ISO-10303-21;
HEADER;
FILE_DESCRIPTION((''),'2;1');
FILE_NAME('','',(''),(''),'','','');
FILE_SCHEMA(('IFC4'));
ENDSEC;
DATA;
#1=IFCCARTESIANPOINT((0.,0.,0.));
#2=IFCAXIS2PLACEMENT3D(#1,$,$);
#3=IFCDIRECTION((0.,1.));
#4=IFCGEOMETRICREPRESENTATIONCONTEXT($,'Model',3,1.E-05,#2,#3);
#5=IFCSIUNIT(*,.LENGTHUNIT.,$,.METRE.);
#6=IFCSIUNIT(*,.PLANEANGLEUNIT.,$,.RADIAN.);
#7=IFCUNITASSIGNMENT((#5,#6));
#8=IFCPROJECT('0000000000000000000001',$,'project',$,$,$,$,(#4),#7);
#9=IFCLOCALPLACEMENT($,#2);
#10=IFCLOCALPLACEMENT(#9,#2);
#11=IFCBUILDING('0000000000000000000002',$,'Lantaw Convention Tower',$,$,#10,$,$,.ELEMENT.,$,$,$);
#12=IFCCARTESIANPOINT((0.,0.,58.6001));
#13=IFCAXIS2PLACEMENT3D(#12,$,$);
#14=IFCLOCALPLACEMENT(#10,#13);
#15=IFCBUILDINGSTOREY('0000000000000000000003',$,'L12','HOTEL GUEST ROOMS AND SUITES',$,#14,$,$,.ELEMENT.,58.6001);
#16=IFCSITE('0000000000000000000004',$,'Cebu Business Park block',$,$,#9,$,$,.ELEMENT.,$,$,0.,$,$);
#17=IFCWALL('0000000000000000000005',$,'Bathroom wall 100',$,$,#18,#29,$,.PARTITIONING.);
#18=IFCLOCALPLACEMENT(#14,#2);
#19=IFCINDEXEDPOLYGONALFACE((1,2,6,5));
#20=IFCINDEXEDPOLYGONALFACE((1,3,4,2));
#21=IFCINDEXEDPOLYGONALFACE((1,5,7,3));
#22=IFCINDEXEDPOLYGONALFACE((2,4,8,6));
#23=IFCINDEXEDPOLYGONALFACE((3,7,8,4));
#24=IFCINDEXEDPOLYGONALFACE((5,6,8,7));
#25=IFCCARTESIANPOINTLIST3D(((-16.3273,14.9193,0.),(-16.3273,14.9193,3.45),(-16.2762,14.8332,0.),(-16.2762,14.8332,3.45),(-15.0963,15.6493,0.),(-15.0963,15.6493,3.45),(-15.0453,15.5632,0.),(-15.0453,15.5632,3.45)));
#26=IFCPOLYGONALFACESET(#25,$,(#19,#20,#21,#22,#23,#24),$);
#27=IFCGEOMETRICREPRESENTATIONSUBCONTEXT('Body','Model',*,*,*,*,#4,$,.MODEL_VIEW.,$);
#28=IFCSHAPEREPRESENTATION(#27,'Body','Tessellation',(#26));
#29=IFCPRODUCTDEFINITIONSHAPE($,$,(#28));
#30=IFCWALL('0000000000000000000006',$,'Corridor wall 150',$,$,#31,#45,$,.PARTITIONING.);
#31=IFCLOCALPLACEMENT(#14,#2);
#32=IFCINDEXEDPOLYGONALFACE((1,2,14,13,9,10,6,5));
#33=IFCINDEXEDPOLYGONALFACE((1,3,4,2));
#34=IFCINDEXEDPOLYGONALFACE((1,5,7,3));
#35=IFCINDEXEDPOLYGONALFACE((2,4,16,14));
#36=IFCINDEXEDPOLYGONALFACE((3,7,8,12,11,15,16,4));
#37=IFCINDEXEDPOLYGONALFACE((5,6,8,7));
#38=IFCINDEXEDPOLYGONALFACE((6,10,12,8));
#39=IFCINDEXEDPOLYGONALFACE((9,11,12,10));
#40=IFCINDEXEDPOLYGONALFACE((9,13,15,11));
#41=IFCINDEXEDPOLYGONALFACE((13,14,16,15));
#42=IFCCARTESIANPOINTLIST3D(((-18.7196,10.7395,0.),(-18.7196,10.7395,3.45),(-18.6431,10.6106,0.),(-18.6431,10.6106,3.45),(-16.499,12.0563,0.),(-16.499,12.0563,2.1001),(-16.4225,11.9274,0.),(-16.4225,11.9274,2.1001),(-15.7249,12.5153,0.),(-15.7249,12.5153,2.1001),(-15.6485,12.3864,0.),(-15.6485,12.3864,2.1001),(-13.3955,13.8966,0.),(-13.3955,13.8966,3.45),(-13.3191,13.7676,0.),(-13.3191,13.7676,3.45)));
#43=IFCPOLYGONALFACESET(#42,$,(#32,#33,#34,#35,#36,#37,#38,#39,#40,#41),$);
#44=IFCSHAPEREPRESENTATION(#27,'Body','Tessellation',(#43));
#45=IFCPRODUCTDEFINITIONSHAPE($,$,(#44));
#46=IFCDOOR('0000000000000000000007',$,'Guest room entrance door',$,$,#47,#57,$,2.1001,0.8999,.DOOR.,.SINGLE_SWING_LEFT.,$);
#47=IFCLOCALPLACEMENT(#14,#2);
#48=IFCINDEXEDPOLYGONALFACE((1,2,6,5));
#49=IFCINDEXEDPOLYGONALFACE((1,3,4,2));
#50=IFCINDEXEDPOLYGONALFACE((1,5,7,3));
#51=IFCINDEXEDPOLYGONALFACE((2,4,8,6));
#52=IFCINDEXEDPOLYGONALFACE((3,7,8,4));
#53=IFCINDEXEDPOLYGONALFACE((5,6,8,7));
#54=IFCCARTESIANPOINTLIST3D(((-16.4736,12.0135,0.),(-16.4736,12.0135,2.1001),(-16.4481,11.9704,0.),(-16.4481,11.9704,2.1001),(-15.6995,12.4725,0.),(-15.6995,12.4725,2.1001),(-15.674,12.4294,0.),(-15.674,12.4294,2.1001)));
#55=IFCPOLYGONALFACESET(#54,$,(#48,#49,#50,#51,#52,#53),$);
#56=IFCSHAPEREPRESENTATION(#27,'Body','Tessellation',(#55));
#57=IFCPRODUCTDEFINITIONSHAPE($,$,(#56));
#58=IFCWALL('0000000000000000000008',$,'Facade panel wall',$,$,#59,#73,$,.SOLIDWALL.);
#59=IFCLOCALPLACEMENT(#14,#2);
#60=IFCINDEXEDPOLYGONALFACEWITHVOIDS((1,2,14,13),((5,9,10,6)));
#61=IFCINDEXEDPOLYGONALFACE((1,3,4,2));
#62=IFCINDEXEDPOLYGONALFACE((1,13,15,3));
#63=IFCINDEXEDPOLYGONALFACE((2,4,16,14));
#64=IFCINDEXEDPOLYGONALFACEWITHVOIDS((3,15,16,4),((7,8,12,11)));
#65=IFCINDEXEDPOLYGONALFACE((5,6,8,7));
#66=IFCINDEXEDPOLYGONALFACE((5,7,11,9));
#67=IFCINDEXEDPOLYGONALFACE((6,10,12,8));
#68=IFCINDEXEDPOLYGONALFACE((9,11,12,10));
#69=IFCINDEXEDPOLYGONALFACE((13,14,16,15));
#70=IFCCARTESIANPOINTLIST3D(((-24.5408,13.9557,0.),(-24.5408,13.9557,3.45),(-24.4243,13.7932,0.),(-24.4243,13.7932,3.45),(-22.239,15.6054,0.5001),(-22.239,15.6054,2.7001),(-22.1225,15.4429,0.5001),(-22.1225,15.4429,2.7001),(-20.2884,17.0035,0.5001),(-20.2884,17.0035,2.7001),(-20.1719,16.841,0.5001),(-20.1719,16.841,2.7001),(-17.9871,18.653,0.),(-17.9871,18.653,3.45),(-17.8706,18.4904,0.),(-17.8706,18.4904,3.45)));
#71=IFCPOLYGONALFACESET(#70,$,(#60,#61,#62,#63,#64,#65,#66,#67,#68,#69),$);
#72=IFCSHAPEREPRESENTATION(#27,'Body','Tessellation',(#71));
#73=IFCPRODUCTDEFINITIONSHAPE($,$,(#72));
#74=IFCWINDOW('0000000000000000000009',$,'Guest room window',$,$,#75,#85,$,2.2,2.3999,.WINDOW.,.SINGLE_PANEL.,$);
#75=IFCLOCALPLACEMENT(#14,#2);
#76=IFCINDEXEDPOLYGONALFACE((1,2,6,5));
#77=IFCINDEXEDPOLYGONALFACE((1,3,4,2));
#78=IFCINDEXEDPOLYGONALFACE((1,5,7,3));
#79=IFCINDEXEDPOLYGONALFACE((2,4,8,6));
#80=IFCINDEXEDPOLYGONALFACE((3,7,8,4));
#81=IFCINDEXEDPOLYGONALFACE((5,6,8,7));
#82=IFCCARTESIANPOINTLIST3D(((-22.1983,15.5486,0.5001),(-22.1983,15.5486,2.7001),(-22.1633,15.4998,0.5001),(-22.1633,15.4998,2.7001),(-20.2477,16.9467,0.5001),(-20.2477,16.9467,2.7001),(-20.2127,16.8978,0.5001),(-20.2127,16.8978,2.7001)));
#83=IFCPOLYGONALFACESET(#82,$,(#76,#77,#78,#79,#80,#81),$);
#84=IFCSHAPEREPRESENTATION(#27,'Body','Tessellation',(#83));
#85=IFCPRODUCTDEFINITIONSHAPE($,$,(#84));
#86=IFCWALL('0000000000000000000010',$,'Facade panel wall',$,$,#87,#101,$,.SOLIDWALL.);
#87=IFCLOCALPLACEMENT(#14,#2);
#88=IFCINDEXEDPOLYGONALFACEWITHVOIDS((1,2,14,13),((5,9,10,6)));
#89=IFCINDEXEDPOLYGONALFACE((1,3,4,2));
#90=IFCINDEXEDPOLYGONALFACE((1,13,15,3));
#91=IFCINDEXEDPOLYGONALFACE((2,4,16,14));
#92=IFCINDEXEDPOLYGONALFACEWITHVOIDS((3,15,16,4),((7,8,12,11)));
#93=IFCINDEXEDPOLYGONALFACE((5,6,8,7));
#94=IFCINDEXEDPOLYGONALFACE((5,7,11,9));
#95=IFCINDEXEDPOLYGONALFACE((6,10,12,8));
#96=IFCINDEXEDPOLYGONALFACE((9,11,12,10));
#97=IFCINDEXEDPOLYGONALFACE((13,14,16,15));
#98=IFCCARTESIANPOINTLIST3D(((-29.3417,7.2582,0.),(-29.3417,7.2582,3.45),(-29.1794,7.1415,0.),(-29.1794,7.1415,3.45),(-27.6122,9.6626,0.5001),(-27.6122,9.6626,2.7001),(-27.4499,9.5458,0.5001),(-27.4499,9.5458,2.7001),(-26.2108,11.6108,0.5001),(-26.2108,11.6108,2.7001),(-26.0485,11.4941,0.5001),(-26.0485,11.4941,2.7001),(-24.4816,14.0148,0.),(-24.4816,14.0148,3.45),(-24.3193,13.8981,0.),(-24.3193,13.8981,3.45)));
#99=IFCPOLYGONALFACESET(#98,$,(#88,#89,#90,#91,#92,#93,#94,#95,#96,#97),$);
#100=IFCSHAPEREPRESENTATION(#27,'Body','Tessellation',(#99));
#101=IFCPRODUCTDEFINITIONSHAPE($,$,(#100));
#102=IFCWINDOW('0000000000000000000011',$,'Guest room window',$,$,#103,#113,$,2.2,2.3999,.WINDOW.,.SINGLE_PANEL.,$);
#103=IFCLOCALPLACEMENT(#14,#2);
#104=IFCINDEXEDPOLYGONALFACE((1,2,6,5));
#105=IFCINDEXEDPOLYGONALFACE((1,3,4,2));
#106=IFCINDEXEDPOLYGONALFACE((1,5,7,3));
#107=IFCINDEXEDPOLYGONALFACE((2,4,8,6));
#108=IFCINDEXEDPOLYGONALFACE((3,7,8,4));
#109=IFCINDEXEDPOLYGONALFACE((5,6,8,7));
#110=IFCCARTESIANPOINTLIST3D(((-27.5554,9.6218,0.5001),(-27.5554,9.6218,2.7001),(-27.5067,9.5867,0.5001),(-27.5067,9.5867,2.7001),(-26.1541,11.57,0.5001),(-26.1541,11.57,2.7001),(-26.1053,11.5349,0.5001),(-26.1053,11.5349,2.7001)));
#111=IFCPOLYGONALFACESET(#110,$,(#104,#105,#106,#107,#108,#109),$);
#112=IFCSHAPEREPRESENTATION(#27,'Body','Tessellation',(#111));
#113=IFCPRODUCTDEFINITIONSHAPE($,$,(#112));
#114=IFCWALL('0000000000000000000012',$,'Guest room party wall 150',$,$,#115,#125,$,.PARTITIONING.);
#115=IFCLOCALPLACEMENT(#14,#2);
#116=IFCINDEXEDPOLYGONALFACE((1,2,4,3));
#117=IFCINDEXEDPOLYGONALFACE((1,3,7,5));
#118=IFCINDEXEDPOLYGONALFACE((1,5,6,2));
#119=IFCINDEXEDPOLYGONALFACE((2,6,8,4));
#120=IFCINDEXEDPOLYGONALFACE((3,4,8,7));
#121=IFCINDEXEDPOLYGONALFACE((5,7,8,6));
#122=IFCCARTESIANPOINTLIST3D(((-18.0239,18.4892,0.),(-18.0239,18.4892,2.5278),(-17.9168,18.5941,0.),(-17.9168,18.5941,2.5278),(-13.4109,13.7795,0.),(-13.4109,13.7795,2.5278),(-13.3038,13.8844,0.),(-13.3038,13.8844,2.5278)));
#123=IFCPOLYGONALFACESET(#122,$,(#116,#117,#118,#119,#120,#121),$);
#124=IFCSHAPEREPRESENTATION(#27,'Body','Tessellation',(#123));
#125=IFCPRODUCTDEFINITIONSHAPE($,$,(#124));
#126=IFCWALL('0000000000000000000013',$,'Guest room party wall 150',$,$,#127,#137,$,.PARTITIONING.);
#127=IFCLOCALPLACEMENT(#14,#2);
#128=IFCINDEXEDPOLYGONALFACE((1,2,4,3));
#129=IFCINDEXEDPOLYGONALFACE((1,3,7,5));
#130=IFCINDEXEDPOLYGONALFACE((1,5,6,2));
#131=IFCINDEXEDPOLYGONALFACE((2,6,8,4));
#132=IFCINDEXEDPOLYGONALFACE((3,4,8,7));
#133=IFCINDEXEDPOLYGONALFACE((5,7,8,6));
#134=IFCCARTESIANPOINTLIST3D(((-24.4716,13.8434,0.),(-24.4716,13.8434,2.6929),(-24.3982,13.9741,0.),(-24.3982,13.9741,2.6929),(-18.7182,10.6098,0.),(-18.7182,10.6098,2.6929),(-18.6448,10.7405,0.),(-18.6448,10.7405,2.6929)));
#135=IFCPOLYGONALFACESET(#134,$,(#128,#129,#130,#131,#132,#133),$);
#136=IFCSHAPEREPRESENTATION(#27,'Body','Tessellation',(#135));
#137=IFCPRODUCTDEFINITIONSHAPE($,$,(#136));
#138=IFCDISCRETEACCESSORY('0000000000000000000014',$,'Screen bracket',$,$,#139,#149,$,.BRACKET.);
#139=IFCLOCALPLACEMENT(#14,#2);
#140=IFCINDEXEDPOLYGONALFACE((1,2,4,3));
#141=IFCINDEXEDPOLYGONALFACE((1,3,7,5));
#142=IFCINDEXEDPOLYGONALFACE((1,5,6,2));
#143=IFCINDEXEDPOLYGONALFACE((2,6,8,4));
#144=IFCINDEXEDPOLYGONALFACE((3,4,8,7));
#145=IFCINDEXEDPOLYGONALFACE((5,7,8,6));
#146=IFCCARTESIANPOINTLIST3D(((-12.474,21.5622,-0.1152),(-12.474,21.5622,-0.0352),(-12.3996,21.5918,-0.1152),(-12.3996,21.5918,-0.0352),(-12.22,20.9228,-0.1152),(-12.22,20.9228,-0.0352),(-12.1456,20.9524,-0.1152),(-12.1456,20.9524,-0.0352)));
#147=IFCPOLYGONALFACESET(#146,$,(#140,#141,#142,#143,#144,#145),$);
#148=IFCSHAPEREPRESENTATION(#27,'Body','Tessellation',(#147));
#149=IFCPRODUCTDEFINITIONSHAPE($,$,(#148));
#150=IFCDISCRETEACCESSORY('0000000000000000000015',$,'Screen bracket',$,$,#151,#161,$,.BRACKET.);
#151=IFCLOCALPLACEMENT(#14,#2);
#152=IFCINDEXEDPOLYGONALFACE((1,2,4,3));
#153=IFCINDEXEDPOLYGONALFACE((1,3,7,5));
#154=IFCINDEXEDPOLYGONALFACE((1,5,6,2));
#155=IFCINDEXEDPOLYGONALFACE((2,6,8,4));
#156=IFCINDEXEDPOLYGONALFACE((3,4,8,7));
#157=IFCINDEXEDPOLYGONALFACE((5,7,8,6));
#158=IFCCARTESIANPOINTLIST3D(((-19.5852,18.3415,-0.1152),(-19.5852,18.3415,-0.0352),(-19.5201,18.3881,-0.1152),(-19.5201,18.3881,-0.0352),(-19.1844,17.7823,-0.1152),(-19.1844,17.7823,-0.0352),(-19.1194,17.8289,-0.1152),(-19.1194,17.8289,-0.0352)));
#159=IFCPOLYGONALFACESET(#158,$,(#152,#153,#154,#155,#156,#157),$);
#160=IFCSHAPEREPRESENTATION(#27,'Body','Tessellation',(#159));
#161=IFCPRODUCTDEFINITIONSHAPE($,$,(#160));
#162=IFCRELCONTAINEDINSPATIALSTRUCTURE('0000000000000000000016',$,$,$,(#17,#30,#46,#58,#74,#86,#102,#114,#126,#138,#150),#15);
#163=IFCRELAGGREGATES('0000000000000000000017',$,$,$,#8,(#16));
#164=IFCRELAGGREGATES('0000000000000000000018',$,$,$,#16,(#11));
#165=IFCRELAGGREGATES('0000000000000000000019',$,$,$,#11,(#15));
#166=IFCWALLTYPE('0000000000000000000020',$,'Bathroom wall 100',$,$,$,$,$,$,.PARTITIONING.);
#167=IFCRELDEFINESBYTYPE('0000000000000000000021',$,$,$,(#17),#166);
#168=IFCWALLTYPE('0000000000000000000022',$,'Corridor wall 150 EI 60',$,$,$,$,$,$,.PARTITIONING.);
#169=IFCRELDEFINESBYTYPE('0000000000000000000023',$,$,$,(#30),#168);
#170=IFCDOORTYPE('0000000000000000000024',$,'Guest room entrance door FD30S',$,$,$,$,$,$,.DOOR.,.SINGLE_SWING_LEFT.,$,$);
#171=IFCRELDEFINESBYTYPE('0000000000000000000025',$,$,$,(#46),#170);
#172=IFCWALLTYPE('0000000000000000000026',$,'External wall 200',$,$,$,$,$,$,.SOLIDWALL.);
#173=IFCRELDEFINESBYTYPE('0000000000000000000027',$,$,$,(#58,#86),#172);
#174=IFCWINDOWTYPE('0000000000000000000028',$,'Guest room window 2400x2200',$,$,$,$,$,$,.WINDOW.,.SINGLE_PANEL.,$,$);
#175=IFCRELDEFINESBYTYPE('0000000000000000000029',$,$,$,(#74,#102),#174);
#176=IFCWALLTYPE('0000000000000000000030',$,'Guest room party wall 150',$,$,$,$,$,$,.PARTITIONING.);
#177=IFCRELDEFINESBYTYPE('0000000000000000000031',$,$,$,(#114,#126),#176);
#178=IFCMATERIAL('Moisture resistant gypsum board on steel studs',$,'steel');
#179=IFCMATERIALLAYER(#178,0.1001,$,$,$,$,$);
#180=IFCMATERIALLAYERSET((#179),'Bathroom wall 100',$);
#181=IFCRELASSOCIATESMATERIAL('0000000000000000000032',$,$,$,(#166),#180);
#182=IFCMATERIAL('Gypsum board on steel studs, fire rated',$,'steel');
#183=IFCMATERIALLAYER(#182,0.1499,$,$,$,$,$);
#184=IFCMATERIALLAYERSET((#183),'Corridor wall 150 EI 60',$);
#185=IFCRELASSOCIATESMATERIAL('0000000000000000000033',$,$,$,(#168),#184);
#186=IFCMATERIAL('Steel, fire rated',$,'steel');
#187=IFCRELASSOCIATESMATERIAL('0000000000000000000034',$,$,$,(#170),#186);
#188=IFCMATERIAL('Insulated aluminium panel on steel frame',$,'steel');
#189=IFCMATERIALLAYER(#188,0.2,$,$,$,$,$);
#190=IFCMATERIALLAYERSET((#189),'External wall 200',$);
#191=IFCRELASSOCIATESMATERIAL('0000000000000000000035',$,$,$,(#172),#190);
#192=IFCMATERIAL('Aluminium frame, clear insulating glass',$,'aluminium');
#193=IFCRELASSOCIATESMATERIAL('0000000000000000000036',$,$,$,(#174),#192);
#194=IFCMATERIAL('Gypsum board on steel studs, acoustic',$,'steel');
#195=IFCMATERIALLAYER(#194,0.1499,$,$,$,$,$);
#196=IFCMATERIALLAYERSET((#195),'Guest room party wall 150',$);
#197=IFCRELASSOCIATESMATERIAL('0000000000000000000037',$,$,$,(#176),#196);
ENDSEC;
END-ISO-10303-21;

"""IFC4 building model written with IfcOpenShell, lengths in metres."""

from ifc_helpers import new_model, si_unit, direction, frame, frame_2d, origin, origin_2d, place, context, subcontext, project, spatial, rectangle, extrude, material, layer, layer_set, type_object, element, fill, save


model = new_model("IFC4")

# Units and contexts
model_context = context("Model", 3, precision=1e-05, world=origin(), true_north=direction((0.0, 1.0)))
body_context = subcontext(model_context, "Body", "Model", "MODEL_VIEW")
ifc_project = project(units=[si_unit("LENGTHUNIT", "METRE"), si_unit("PLANEANGLEUNIT", "RADIAN")], contexts=[model_context])

# Site, building, storey
site_placement = place(None, origin())
site = spatial("IfcSite", under=ifc_project, at=site_placement, Name="Cebu Business Park block", CompositionType="ELEMENT", RefElevation=0.0)
building_placement = place(site_placement, origin())
building = spatial("IfcBuilding", under=site, at=building_placement, Name="Lantaw Convention Tower", CompositionType="ELEMENT")
storey_placement = place(building_placement, frame((0.0, 0.0, 58.6001)))
storey = spatial("IfcBuildingStorey", under=building, at=storey_placement, Name="L12", Description="HOTEL GUEST ROOMS AND SUITES", CompositionType="ELEMENT", Elevation=58.6001)

# Wall
ifc_material_1 = material(Name="Moisture resistant gypsum board on steel studs", Category="steel")
ifc_layer_1 = layer(ifc_material_1, 0.1001)
ifc_layer_set_1 = layer_set([ifc_layer_1], Name="Bathroom wall 100")
wall_type_1 = type_object("IfcWallType", Name="Bathroom wall 100", PredefinedType="PARTITIONING", material=ifc_layer_set_1)
wall_1_placement = place(storey_placement, frame((-16.3018, 14.8762, 0.0), z_axis=(0.0, 0.0, 1.0), x_axis=(0.860131, 0.510074, 0.0)))
element("IfcWall", 1, at=wall_1_placement, inside=storey, type_object=wall_type_1, Name="Bathroom wall 100", PredefinedType="PARTITIONING", context=body_context, shape_type="SweptSolid", body=[
    extrude(rectangle(XDim=1.4312, YDim=0.1001, at=frame_2d((0.7156, 0.0))), origin(), (0.0, 0.0, 1.0), 3.45),
])

# Wall, opening, door
ifc_material_2 = material(Name="Gypsum board on steel studs, fire rated", Category="steel")
ifc_layer_2 = layer(ifc_material_2, 0.1499)
ifc_layer_set_2 = layer_set([ifc_layer_2], Name="Corridor wall 150 EI 60")
wall_type_2 = type_object("IfcWallType", Name="Corridor wall 150 EI 60", PredefinedType="PARTITIONING", material=ifc_layer_set_2)
wall_2_placement = place(storey_placement, frame((-13.3574, 13.832, 0.0), z_axis=(0.0, 0.0, 1.0), x_axis=(-0.860147, -0.510046, 0.0)))
wall_2 = element("IfcWall", 2, at=wall_2_placement, inside=storey, type_object=wall_type_2, Name="Corridor wall 150", PredefinedType="PARTITIONING", context=body_context, shape_type="SweptSolid", body=[
    extrude(rectangle(XDim=6.1897, YDim=0.1499, at=frame_2d((3.0947, 0.0))), origin(), (0.0, 0.0, 1.0), 3.45),
])
opening_1_placement = place(wall_2_placement, frame((2.708, 0.0, 0.0)))
opening_1 = element("IfcOpeningElement", 3, at=opening_1_placement, cuts=wall_2, PredefinedType="OPENING", context=body_context, shape_type="SweptSolid", body=[
    extrude(rectangle(XDim=0.8999, YDim=2.1001, at=frame_2d((0.45, 1.05))), frame((0.0, 0.085, 0.0), z_axis=(0.0, -1.0, 0.0), x_axis=(1.0, 0.0, 0.0)), (0.0, 0.0, 1.0), 0.1699),
])
ifc_material_3 = material(Name="Steel, fire rated", Category="steel")
door_type = type_object("IfcDoorType", Name="Guest room entrance door FD30S", OperationType="SINGLE_SWING_LEFT", PredefinedType="DOOR", material=ifc_material_3)
door_placement = place(opening_1_placement, origin())
door = element("IfcDoor", 4, at=door_placement, inside=storey, type_object=door_type, Name="Guest room entrance door", OperationType="SINGLE_SWING_LEFT", OverallHeight=2.1001, OverallWidth=0.8999, PredefinedType="DOOR", context=body_context, shape_type="SweptSolid", body=[
    extrude(rectangle(XDim=0.8999, YDim=2.1001, at=frame_2d((0.45, 1.05))), frame((0.0, 0.0249, 0.0), z_axis=(0.0, -1.0, 0.0), x_axis=(1.0, 0.0, 0.0)), (0.0, 0.0, 1.0), 0.05),
])
fill(opening_1, door)

# Walls, openings, windows
ifc_material_4 = material(Name="Insulated aluminium panel on steel frame", Category="steel")
ifc_layer_3 = layer(ifc_material_4, 0.2)
ifc_layer_set_3 = layer_set([ifc_layer_3], Name="External wall 200")
wall_type_3 = type_object("IfcWallType", Name="External wall 200", PredefinedType="SOLIDWALL", material=ifc_layer_set_3)
wall_3_placement = place(storey_placement, frame((-17.9287, 18.5718, 0.0), z_axis=(0.0, 0.0, 1.0), x_axis=(-0.812791, -0.582555, 0.0)))
wall_3 = element("IfcWall", 5, at=wall_3_placement, inside=storey, type_object=wall_type_3, Name="Facade panel wall", PredefinedType="SOLIDWALL", context=body_context, shape_type="SweptSolid", body=[
    extrude(rectangle(XDim=8.0632, YDim=0.2, at=frame_2d((4.0317, 0.0))), origin(), (0.0, 0.0, 1.0), 3.45),
])
opening_2_placement = place(wall_3_placement, frame((2.8315, 0.0, 0.5)))
opening_2 = element("IfcOpeningElement", 6, at=opening_2_placement, cuts=wall_3, PredefinedType="OPENING", context=body_context, shape_type="SweptSolid", body=[
    extrude(rectangle(XDim=2.3999, YDim=2.2, at=frame_2d((1.2, 1.1001))), frame((0.0, 0.1099, 0.0), z_axis=(0.0, -1.0, 0.0), x_axis=(1.0, 0.0, 0.0)), (0.0, 0.0, 1.0), 0.22),
])
ifc_material_5 = material(Name="Aluminium frame, clear insulating glass", Category="aluminium")
window_type = type_object("IfcWindowType", Name="Guest room window 2400x2200", PartitioningType="SINGLE_PANEL", PredefinedType="WINDOW", material=ifc_material_5)
window_1_placement = place(opening_2_placement, origin())
window_1 = element("IfcWindow", 7, at=window_1_placement, inside=storey, type_object=window_type, Name="Guest room window", OverallHeight=2.2, OverallWidth=2.3999, PartitioningType="SINGLE_PANEL", PredefinedType="WINDOW", context=body_context, shape_type="SweptSolid", body=[
    extrude(rectangle(XDim=2.3999, YDim=2.2, at=frame_2d((1.2, 1.1001))), frame((0.0, 0.03, 0.0), z_axis=(0.0, -1.0, 0.0), x_axis=(1.0, 0.0, 0.0)), (0.0, 0.0, 1.0), 0.0601),
])
fill(opening_2, window_1)
wall_4_placement = place(storey_placement, frame((-24.4004, 13.9565, 0.0), z_axis=(0.0, 0.0, 1.0), x_axis=(-0.583938, -0.811799, 0.0)))
wall_4 = element("IfcWall", 8, at=wall_4_placement, inside=storey, type_object=wall_type_3, Name="Facade panel wall", PredefinedType="SOLIDWALL", context=body_context, shape_type="SweptSolid", body=[
    extrude(rectangle(XDim=8.323, YDim=0.2, at=frame_2d((4.1616, 0.0))), origin(), (0.0, 0.0, 1.0), 3.45),
])
opening_3_placement = place(wall_4_placement, frame((2.9614, 0.0, 0.5)))
opening_3 = element("IfcOpeningElement", 9, at=opening_3_placement, cuts=wall_4, PredefinedType="OPENING", context=body_context, shape_type="SweptSolid", body=[
    extrude(rectangle(XDim=2.3999, YDim=2.2, at=frame_2d((1.2, 1.1001))), frame((0.0, 0.1099, 0.0), z_axis=(0.0, -1.0, 0.0), x_axis=(1.0, 0.0, 0.0)), (0.0, 0.0, 1.0), 0.22),
])
window_2_placement = place(opening_3_placement, origin())
window_2 = element("IfcWindow", 10, at=window_2_placement, inside=storey, type_object=window_type, Name="Guest room window", OverallHeight=2.2, OverallWidth=2.3999, PartitioningType="SINGLE_PANEL", PredefinedType="WINDOW", context=body_context, shape_type="SweptSolid", body=[
    extrude(rectangle(XDim=2.3999, YDim=2.2, at=frame_2d((1.2, 1.1001))), frame((0.0, 0.03, 0.0), z_axis=(0.0, -1.0, 0.0), x_axis=(1.0, 0.0, 0.0)), (0.0, 0.0, 1.0), 0.0601),
])
fill(opening_3, window_2)

# Walls
ifc_material_6 = material(Name="Gypsum board on steel studs, acoustic", Category="steel")
ifc_layer_4 = layer(ifc_material_6, 0.1499)
ifc_layer_set_4 = layer_set([ifc_layer_4], Name="Guest room party wall 150")
wall_type_4 = type_object("IfcWallType", Name="Guest room party wall 150", PredefinedType="PARTITIONING", material=ifc_layer_set_4)
wall_5_placement = place(storey_placement, frame((-17.9705, 18.5417, 0.0), z_axis=(0.0, 0.0, 1.0), x_axis=(0.699736, -0.714401, 0.0)))
element("IfcWall", 11, at=wall_5_placement, inside=storey, type_object=wall_type_4, Name="Guest room party wall 150", PredefinedType="PARTITIONING", context=body_context, shape_type="SweptSolid", body=[
    extrude(rectangle(XDim=6.5925, YDim=0.1499, at=frame_2d((3.2964, 0.0))), origin(), (0.0, 0.0, 1.0), 2.5278),
])
wall_6_placement = place(storey_placement, frame((-24.4348, 13.9087, 0.0), z_axis=(0.0, 0.0, 1.0), x_axis=(0.871747, -0.489956, 0.0)))
element("IfcWall", 12, at=wall_6_placement, inside=storey, type_object=wall_type_4, Name="Guest room party wall 150", PredefinedType="PARTITIONING", context=body_context, shape_type="SweptSolid", body=[
    extrude(rectangle(XDim=6.5999, YDim=0.1499, at=frame_2d((3.2998, 0.0))), origin(), (0.0, 0.0, 1.0), 2.6929),
])

# Discrete accessories
for number, where, z_axis, x_axis, name in (
    (13, (-12.3098, 21.2573, -0.1152), (0.0, 0.0, 1.0), (-0.929361, -0.369172, 0.0), "Screen bracket"),
    (14, (-19.3523, 18.0852, -0.1152), (0.0, 0.0, 1.0), (-0.812804, -0.582538, 0.0), "Screen bracket"),
):
    element("IfcDiscreteAccessory", number, at=place(storey_placement, frame(where, z_axis=z_axis, x_axis=x_axis)), inside=storey, Name=name, PredefinedType="BRACKET", context=body_context, shape_type="SweptSolid", body=[
        extrude(rectangle(XDim=0.0801, YDim=0.688, at=origin_2d()), origin(), (0.0, 0.0, 1.0), 0.0801),
    ])

save(model, "model.ifc")
